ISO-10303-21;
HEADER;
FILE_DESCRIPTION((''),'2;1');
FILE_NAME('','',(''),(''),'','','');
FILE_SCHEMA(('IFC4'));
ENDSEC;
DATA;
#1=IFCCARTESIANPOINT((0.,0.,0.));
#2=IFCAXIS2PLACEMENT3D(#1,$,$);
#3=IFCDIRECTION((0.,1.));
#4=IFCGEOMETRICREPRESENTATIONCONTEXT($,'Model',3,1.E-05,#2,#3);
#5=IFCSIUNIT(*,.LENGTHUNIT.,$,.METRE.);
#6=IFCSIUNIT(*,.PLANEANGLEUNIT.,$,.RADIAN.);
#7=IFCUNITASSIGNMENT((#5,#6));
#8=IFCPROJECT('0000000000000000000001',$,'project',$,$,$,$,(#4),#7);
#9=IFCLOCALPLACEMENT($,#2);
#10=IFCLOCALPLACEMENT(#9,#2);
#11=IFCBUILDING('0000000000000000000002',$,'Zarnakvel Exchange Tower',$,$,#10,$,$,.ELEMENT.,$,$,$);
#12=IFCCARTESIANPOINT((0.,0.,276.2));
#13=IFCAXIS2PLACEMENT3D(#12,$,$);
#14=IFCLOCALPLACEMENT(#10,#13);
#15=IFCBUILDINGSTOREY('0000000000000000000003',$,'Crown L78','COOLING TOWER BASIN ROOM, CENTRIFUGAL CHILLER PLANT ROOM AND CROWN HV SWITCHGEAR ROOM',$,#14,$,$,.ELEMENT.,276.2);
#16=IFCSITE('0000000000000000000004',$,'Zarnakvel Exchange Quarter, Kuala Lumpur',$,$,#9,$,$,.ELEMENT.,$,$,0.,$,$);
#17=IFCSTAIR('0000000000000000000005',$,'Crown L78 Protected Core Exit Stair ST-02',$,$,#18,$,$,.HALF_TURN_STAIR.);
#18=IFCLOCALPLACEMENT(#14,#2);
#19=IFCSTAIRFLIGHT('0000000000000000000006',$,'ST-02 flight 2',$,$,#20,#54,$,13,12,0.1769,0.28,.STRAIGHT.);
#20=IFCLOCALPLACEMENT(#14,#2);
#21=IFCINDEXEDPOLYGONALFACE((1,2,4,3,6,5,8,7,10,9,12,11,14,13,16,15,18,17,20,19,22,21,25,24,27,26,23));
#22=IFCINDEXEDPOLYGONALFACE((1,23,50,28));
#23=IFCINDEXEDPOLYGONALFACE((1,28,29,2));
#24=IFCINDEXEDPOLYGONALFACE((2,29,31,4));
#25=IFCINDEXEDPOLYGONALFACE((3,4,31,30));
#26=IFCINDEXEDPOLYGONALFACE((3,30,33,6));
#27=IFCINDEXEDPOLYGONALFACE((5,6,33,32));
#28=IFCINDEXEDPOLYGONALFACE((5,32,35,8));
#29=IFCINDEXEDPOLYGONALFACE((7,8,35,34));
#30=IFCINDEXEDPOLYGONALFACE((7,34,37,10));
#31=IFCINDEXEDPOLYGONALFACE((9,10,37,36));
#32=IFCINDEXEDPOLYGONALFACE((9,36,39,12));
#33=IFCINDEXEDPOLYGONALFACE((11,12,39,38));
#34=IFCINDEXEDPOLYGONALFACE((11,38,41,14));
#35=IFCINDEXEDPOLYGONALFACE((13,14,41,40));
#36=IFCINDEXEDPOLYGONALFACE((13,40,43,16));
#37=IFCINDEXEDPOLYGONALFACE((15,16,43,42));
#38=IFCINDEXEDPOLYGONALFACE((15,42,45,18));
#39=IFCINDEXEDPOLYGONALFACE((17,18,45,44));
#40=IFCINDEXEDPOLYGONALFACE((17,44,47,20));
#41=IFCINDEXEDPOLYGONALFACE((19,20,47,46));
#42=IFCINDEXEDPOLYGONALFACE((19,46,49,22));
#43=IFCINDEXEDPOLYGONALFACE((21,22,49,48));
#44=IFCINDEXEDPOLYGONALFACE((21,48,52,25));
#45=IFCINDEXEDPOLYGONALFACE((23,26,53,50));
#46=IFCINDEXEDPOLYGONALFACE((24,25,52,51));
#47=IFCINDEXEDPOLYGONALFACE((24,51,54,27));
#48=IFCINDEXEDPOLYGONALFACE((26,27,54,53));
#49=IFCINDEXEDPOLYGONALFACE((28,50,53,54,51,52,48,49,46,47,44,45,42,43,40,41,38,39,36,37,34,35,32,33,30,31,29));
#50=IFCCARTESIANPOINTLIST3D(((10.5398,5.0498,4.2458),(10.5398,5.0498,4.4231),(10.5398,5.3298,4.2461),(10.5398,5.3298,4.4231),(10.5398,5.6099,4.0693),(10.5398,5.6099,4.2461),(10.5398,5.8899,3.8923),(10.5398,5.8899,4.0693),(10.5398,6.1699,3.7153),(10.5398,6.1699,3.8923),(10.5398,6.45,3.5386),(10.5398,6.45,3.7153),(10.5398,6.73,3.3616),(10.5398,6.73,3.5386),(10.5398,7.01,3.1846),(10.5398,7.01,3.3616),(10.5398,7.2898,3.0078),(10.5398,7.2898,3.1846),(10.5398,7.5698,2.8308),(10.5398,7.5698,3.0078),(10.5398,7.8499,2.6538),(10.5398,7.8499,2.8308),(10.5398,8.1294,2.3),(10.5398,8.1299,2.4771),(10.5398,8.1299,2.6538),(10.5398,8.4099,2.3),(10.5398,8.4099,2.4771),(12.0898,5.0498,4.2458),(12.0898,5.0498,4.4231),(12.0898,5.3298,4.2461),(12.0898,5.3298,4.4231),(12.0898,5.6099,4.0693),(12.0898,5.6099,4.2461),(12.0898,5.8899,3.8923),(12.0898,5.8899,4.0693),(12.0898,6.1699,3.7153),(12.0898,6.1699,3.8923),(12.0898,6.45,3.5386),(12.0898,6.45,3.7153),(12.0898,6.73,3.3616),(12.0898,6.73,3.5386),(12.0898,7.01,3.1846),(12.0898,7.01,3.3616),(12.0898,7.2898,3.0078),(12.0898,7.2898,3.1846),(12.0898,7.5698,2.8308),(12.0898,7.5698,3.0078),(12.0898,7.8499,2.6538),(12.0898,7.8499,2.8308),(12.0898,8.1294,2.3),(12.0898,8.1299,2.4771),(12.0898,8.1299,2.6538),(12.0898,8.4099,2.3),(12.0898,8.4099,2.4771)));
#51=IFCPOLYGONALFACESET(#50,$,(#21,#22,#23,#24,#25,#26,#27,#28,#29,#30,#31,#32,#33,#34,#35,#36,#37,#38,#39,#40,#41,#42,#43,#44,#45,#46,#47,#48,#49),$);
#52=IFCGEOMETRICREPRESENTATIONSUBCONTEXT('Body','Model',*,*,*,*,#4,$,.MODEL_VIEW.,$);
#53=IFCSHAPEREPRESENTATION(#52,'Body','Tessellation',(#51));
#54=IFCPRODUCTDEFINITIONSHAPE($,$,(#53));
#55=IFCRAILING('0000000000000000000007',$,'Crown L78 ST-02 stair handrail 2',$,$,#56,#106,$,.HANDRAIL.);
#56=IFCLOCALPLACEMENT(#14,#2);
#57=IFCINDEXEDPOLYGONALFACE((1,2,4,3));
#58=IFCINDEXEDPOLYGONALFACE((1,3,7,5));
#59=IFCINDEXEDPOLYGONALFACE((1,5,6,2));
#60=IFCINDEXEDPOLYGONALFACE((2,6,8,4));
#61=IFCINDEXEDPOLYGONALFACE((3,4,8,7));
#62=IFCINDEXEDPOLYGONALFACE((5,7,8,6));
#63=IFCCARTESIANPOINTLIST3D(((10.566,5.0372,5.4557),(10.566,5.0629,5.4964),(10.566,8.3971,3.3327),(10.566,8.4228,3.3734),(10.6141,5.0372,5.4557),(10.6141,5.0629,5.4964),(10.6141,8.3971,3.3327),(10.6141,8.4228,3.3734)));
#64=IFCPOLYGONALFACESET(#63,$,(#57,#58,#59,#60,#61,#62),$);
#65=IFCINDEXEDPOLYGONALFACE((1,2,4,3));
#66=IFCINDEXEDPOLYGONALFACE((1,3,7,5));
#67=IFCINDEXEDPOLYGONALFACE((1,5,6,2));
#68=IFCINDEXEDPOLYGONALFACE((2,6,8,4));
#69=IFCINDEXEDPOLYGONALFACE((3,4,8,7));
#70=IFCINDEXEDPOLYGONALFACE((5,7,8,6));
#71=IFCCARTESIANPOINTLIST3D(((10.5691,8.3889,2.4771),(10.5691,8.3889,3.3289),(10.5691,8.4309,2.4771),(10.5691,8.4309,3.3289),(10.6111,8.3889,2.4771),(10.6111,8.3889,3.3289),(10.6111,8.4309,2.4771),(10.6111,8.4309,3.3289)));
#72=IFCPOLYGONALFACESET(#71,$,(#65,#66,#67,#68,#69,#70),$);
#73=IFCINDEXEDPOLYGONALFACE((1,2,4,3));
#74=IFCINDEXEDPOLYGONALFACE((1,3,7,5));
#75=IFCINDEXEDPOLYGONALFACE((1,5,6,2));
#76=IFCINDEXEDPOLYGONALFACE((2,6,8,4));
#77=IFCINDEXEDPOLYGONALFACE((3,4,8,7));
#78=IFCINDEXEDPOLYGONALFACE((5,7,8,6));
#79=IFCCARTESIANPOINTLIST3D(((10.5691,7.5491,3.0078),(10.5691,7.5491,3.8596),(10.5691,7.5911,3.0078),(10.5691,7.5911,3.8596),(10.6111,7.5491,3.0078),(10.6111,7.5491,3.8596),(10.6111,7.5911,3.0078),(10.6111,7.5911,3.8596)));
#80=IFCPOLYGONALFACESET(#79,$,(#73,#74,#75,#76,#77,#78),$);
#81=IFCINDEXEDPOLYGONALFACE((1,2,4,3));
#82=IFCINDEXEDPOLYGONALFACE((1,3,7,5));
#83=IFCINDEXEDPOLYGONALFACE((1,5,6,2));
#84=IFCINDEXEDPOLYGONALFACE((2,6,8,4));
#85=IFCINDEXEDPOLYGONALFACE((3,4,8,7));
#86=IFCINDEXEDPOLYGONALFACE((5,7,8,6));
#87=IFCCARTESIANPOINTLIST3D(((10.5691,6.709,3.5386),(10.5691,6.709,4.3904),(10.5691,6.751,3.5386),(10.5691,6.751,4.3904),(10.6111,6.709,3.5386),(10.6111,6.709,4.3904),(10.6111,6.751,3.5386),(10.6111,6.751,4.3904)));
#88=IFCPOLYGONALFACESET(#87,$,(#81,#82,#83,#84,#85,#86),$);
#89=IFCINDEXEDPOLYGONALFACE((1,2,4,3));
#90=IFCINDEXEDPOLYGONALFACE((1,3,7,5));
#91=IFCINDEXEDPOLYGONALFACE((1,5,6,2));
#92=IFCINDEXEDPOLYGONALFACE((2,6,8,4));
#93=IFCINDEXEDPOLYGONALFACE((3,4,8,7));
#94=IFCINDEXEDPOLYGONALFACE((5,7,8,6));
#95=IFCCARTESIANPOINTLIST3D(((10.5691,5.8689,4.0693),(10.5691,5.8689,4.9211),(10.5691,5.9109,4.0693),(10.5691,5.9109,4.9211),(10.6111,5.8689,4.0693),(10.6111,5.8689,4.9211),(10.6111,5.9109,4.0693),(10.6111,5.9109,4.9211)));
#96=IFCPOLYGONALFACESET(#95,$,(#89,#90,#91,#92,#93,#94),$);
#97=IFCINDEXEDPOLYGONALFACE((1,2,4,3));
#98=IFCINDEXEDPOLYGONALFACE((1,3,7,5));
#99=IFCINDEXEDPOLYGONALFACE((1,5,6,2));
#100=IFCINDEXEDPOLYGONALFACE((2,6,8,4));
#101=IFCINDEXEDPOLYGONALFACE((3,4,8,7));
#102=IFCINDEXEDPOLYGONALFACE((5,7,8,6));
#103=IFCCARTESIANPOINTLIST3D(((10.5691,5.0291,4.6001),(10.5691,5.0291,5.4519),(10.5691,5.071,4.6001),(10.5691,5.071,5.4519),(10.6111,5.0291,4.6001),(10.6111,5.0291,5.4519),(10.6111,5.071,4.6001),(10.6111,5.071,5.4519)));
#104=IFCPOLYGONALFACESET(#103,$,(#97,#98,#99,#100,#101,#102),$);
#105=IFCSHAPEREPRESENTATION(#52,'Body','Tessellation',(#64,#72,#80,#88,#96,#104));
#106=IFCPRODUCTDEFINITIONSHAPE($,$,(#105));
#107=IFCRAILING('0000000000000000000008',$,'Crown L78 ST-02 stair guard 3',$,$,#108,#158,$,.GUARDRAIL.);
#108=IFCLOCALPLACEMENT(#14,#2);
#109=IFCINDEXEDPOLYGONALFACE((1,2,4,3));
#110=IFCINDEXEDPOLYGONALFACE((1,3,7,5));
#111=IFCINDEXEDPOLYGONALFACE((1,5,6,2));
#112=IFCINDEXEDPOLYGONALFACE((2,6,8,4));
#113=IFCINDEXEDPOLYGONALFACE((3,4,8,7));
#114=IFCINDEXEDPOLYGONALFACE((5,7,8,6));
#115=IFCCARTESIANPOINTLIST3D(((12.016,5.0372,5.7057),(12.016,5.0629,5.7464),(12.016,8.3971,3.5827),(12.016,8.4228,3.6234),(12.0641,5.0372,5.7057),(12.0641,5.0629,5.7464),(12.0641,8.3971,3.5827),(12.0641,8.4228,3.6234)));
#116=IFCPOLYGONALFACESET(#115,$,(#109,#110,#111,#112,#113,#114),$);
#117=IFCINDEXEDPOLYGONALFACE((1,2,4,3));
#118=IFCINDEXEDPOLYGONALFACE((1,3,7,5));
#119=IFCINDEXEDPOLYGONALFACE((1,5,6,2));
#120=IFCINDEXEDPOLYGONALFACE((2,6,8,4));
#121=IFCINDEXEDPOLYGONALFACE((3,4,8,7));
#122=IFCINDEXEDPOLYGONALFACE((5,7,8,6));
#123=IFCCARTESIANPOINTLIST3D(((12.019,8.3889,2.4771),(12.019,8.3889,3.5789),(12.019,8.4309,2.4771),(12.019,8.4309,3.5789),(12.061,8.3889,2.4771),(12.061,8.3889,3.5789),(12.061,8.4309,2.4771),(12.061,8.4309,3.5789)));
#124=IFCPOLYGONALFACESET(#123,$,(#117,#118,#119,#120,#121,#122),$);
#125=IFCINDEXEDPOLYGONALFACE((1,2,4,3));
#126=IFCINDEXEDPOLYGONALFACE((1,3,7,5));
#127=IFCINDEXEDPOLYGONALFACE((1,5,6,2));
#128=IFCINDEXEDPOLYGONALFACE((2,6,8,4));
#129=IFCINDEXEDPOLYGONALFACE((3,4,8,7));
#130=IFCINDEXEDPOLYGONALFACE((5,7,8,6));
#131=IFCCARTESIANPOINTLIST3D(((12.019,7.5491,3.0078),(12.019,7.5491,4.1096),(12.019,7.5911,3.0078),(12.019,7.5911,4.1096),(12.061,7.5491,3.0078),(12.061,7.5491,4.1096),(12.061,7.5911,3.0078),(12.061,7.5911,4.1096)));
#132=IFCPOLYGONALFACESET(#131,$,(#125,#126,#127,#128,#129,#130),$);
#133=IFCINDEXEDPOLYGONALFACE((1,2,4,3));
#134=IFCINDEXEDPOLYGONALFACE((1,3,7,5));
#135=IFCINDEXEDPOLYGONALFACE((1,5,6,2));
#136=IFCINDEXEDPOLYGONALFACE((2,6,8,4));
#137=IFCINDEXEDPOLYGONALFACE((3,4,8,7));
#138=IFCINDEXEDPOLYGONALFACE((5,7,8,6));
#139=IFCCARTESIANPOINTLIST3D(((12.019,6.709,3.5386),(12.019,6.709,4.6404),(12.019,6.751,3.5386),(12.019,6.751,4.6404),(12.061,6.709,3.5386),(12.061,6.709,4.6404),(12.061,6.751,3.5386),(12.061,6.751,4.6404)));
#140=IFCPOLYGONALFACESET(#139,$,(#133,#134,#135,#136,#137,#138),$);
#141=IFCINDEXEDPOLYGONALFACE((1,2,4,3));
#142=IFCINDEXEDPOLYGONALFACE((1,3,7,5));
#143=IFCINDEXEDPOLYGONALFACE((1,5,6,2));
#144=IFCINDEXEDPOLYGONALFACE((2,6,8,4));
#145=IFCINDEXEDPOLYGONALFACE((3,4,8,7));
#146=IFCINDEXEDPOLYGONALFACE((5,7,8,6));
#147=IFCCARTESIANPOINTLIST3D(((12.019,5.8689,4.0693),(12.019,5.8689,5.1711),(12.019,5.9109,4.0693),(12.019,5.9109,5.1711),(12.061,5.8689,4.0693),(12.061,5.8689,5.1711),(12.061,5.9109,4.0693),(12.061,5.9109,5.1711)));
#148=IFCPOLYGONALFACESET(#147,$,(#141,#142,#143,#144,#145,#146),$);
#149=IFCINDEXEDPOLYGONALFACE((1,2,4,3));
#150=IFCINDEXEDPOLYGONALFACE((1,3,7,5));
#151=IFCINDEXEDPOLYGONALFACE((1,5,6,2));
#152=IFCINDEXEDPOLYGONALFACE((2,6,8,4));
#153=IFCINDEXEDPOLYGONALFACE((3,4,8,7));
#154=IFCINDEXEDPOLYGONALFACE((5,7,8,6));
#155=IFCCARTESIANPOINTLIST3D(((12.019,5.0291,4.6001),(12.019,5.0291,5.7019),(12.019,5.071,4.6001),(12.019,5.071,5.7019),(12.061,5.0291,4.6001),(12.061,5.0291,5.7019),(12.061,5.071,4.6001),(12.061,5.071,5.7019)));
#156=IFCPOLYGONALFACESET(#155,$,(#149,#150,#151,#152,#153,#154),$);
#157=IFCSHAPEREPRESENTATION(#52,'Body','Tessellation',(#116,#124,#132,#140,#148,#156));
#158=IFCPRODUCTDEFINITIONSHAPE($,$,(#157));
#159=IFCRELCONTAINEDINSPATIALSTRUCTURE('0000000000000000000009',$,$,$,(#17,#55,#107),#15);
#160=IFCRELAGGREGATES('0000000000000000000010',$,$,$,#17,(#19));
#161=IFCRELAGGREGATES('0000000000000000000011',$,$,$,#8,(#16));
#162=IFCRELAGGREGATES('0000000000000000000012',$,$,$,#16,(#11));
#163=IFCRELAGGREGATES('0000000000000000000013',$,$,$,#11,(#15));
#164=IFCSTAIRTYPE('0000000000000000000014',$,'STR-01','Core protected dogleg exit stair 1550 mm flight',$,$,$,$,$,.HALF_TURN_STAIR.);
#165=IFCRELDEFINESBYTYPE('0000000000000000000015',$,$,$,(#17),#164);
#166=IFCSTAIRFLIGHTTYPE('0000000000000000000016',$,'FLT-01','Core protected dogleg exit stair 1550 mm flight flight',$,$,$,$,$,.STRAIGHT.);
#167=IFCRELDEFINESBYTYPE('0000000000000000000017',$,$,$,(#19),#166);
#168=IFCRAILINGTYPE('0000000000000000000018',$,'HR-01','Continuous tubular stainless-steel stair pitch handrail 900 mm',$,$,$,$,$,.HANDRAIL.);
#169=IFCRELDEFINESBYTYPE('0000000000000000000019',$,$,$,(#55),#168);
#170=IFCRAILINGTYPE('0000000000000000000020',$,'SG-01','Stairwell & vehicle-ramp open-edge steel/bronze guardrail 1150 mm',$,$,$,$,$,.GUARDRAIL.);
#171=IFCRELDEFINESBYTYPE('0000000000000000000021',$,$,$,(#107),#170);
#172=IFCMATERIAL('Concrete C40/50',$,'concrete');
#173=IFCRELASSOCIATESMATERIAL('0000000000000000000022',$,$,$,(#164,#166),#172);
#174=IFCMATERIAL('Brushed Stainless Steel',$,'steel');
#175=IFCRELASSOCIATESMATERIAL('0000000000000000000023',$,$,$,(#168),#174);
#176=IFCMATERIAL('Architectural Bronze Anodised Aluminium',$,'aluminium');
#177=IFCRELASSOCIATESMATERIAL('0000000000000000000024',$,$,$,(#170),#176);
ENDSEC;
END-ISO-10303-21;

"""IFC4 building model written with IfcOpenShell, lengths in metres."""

from ifc_helpers import new_model, si_unit, direction, frame, origin, origin_2d, place, context, subcontext, project, spatial, polyline, rectangle, outline, extrude, material, type_object, element, aggregate, save


model = new_model("IFC4")

# Units and contexts
model_context = context("Model", 3, precision=1e-05, world=origin(), true_north=direction((0.0, 1.0)))
body_context = subcontext(model_context, "Body", "Model", "MODEL_VIEW")
ifc_project = project(units=[si_unit("LENGTHUNIT", "METRE"), si_unit("PLANEANGLEUNIT", "RADIAN")], contexts=[model_context])

# Site, building, storey
site_placement = place(None, origin())
site = spatial("IfcSite", under=ifc_project, at=site_placement, Name="Zarnakvel Exchange Quarter, Kuala Lumpur", CompositionType="ELEMENT", RefElevation=0.0)
building_placement = place(site_placement, origin())
building = spatial("IfcBuilding", under=site, at=building_placement, Name="Zarnakvel Exchange Tower", CompositionType="ELEMENT")
storey_placement = place(building_placement, frame((0.0, 0.0, 276.2)))
storey = spatial("IfcBuildingStorey", under=building, at=storey_placement, Name="Crown L78", Description="COOLING TOWER BASIN ROOM, CENTRIFUGAL CHILLER PLANT ROOM AND CROWN HV SWITCHGEAR ROOM", CompositionType="ELEMENT", Elevation=276.2)

# Shared definitions
ifc_material_1 = material(Name="Concrete C40/50", Category="concrete")
ifc_material_2 = material(Name="Brushed Stainless Steel", Category="steel")

# Stair, stair flight
stair_type = type_object("IfcStairType", Name="STR-01", Description="Core protected dogleg exit stair 1550 mm flight", PredefinedType="HALF_TURN_STAIR", material=ifc_material_1)
stair_placement = place(storey_placement, origin())
stair = element("IfcStair", 1, at=stair_placement, inside=storey, type_object=stair_type, Name="Crown L78 Protected Core Exit Stair ST-02", PredefinedType="HALF_TURN_STAIR")
stair_flight_type = type_object("IfcStairFlightType", Name="FLT-01", Description="Core protected dogleg exit stair 1550 mm flight flight", PredefinedType="STRAIGHT", material=ifc_material_1)
stair_flight_placement = place(storey_placement, frame((11.3149, 8.4099, 2.3), z_axis=(0.0, 0.0, 1.0), x_axis=(0.0, -1.0, 0.0)))
stair_flight = element("IfcStairFlight", 2, at=stair_flight_placement, type_object=stair_flight_type, Name="ST-02 flight 2", NumberOfRisers=13, NumberOfTreads=12, PredefinedType="STRAIGHT", RiserHeight=0.1769, TreadLength=0.28, context=body_context, shape_type="SweptSolid", body=[
    extrude(outline(polyline([(0.0, 0.0), (0.0, 0.177), (0.28, 0.177), (0.28, 0.3538), (0.5601, 0.3538), (0.5601, 0.5308), (0.8401, 0.5308), (0.8401, 0.7078), (1.1201, 0.7078), (1.1201, 0.8845), (1.3999, 0.8845), (1.3999, 1.0615), (1.6799, 1.0615), (1.6799, 1.2385), (1.96, 1.2385), (1.96, 1.4153), (2.24, 1.4153), (2.24, 1.5923), (2.52, 1.5923), (2.52, 1.7693), (2.8, 1.7693), (2.8, 1.946), (3.0801, 1.946), (3.0801, 2.123), (3.3601, 2.123), (3.3601, 2.3), (3.3601, 1.9458), (0.2805, 0.0), (0.0, 0.0)])), frame((0.0, 0.7749, 0.0), z_axis=(0.0, -1.0, 0.0), x_axis=(1.0, 0.0, 0.0)), (0.0, 0.0, 1.0), 1.55),
])
aggregate(stair, [stair_flight])

# Railings
railing_type_1 = type_object("IfcRailingType", Name="HR-01", Description="Continuous tubular stainless-steel stair pitch handrail 900 mm", PredefinedType="HANDRAIL", material=ifc_material_2)
railing_1_placement = place(storey_placement, frame((10.5901, 8.4099, 2.4771)))
element("IfcRailing", 3, at=railing_1_placement, inside=storey, type_object=railing_type_1, Name="Crown L78 ST-02 stair handrail 2", PredefinedType="HANDRAIL", context=body_context, shape_type="SweptSolid", body=[
    extrude(rectangle(XDim=0.0481, YDim=0.0481, at=origin_2d()), frame((0.0, 0.0, 0.876), z_axis=(0.0, -0.845372, 0.534178), x_axis=(1.0, 0.0, 0.0)), (0.0, 0.0, 1.0), 3.9744),
    extrude(rectangle(XDim=0.042, YDim=0.042, at=origin_2d()), origin(), (0.0, 0.0, 1.0), 0.8518),
    extrude(rectangle(XDim=0.042, YDim=0.042, at=origin_2d()), frame((0.0, -0.8398, 0.5308)), (0.0, 0.0, 1.0), 0.8518),
    extrude(rectangle(XDim=0.042, YDim=0.042, at=origin_2d()), frame((0.0, -1.6799, 1.0615)), (0.0, 0.0, 1.0), 0.8518),
    extrude(rectangle(XDim=0.042, YDim=0.042, at=origin_2d()), frame((0.0, -2.52, 1.5923)), (0.0, 0.0, 1.0), 0.8518),
    extrude(rectangle(XDim=0.042, YDim=0.042, at=origin_2d()), frame((0.0, -3.3599, 2.123)), (0.0, 0.0, 1.0), 0.8518),
])
ifc_material_3 = material(Name="Architectural Bronze Anodised Aluminium", Category="aluminium")
railing_type_2 = type_object("IfcRailingType", Name="SG-01", Description="Stairwell & vehicle-ramp open-edge steel/bronze guardrail 1150 mm", PredefinedType="GUARDRAIL", material=ifc_material_3)
railing_2_placement = place(storey_placement, frame((12.04, 8.4099, 2.4771)))
element("IfcRailing", 4, at=railing_2_placement, inside=storey, type_object=railing_type_2, Name="Crown L78 ST-02 stair guard 3", PredefinedType="GUARDRAIL", context=body_context, shape_type="SweptSolid", body=[
    extrude(rectangle(XDim=0.0481, YDim=0.0481, at=origin_2d()), frame((0.0, 0.0, 1.126), z_axis=(0.0, -0.845372, 0.534178), x_axis=(1.0, 0.0, 0.0)), (0.0, 0.0, 1.0), 3.9744),
    extrude(rectangle(XDim=0.042, YDim=0.042, at=origin_2d()), origin(), (0.0, 0.0, 1.0), 1.1018),
    extrude(rectangle(XDim=0.042, YDim=0.042, at=origin_2d()), frame((0.0, -0.8398, 0.5308)), (0.0, 0.0, 1.0), 1.1018),
    extrude(rectangle(XDim=0.042, YDim=0.042, at=origin_2d()), frame((0.0, -1.6799, 1.0615)), (0.0, 0.0, 1.0), 1.1018),
    extrude(rectangle(XDim=0.042, YDim=0.042, at=origin_2d()), frame((0.0, -2.52, 1.5923)), (0.0, 0.0, 1.0), 1.1018),
    extrude(rectangle(XDim=0.042, YDim=0.042, at=origin_2d()), frame((0.0, -3.3599, 2.123)), (0.0, 0.0, 1.0), 1.1018),
])

save(model, "model.ifc")
